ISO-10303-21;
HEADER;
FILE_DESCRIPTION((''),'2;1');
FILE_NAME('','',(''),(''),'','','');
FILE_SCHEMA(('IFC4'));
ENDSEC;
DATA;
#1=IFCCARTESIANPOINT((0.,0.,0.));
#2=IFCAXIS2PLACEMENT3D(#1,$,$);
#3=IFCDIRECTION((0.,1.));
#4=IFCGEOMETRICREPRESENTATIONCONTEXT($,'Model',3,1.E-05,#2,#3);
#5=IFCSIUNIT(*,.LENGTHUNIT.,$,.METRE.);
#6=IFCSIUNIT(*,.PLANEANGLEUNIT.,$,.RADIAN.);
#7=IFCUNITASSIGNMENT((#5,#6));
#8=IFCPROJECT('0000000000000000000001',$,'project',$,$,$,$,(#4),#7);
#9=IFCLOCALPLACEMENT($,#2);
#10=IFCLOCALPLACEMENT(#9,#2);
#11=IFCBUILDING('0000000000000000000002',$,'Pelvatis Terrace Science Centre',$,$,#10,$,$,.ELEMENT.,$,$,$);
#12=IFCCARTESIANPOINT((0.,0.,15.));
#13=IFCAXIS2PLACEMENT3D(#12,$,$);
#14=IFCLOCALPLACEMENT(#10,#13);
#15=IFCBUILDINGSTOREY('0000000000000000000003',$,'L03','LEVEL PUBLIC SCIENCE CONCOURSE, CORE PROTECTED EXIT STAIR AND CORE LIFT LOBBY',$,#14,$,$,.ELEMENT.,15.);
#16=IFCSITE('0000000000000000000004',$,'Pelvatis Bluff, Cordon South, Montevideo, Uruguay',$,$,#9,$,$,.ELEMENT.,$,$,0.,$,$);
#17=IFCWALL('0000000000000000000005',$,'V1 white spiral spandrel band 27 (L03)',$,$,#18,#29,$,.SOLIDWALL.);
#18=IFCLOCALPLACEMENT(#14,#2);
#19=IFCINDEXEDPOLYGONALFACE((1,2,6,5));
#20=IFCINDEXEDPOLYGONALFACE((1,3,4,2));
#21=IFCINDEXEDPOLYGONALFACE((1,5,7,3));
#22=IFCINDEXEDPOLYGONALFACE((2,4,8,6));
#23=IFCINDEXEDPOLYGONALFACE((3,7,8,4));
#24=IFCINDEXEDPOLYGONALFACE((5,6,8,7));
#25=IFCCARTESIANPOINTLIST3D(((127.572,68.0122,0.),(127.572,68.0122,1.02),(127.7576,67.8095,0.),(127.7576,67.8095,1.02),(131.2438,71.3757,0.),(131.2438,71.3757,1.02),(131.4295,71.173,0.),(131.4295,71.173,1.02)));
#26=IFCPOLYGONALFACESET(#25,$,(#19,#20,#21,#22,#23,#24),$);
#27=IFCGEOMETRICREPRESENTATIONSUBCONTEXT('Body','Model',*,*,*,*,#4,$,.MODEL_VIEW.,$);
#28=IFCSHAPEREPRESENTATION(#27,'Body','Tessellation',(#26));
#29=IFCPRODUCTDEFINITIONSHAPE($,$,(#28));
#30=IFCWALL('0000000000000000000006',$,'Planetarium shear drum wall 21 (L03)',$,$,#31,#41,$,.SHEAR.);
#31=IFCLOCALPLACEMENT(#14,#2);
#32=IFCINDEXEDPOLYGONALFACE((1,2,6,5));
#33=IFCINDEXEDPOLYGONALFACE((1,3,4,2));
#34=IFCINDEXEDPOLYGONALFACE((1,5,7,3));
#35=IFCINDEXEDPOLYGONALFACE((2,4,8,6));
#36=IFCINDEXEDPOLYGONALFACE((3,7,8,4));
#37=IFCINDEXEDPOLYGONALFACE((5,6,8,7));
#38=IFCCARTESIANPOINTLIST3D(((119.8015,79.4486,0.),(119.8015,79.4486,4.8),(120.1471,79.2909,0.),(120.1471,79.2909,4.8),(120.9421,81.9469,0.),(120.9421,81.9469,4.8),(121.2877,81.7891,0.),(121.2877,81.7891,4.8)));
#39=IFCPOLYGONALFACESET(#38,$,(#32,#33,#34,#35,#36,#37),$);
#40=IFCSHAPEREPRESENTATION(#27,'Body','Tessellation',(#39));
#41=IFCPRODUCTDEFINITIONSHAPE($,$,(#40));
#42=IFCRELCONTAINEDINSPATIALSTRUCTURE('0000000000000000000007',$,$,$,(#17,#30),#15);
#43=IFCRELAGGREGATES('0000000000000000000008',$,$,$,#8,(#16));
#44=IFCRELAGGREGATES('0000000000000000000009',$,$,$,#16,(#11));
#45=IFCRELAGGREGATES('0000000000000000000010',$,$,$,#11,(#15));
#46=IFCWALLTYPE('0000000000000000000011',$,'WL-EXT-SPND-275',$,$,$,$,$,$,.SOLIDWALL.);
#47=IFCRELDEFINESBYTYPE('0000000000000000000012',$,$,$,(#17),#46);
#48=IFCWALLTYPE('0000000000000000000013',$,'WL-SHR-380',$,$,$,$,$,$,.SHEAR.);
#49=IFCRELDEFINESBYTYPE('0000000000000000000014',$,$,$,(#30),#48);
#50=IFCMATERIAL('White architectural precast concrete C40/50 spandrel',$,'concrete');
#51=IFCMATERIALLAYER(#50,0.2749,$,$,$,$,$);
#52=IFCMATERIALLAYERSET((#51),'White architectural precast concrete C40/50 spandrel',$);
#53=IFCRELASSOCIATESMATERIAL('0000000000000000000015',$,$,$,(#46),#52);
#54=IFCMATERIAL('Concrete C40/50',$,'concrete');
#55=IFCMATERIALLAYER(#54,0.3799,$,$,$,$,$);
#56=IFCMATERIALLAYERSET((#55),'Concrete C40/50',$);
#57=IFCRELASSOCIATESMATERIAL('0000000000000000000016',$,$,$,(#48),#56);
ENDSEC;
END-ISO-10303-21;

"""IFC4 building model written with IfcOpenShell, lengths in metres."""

from ifc_helpers import new_model, si_unit, direction, frame, frame_2d, origin, place, context, subcontext, project, spatial, rectangle, extrude, material, layer, layer_set, type_object, element, save


model = new_model("IFC4")

# Units and contexts
model_context = context("Model", 3, precision=1e-05, world=origin(), true_north=direction((0.0, 1.0)))
body_context = subcontext(model_context, "Body", "Model", "MODEL_VIEW")
ifc_project = project(units=[si_unit("LENGTHUNIT", "METRE"), si_unit("PLANEANGLEUNIT", "RADIAN")], contexts=[model_context])

# Site, building, storey
site_placement = place(None, origin())
site = spatial("IfcSite", under=ifc_project, at=site_placement, Name="Pelvatis Bluff, Cordon South, Montevideo, Uruguay", CompositionType="ELEMENT", RefElevation=0.0)
building_placement = place(site_placement, origin())
building = spatial("IfcBuilding", under=site, at=building_placement, Name="Pelvatis Terrace Science Centre", CompositionType="ELEMENT")
storey_placement = place(building_placement, frame((0.0, 0.0, 15.0)))
storey = spatial("IfcBuildingStorey", under=building, at=storey_placement, Name="L03", Description="LEVEL PUBLIC SCIENCE CONCOURSE, CORE PROTECTED EXIT STAIR AND CORE LIFT LOBBY", CompositionType="ELEMENT", Elevation=15.0)

# Walls
ifc_material_1 = material(Name="White architectural precast concrete C40/50 spandrel", Category="concrete")
ifc_layer_1 = layer(ifc_material_1, 0.2749)
ifc_layer_set_1 = layer_set([ifc_layer_1], Name="White architectural precast concrete C40/50 spandrel")
wall_type_1 = type_object("IfcWallType", Name="WL-EXT-SPND-275", PredefinedType="SOLIDWALL", material=ifc_layer_set_1)
wall_1_placement = place(storey_placement, frame((127.6648, 67.9109, 0.0), z_axis=(0.0, 0.0, 1.0), x_axis=(0.73739, 0.675467, 0.0)))
element("IfcWall", 1, at=wall_1_placement, inside=storey, type_object=wall_type_1, Name="V1 white spiral spandrel band 27 (L03)", PredefinedType="SOLIDWALL", context=body_context, shape_type="SweptSolid", body=[
    extrude(rectangle(XDim=4.9795, YDim=0.2749, at=frame_2d((2.4897, 0.0))), origin(), (0.0, 0.0, 1.0), 1.02),
])
ifc_material_2 = material(Name="Concrete C40/50", Category="concrete")
ifc_layer_2 = layer(ifc_material_2, 0.3799)
ifc_layer_set_2 = layer_set([ifc_layer_2], Name="Concrete C40/50")
wall_type_2 = type_object("IfcWallType", Name="WL-SHR-380", PredefinedType="SHEAR", material=ifc_layer_set_2)
wall_2_placement = place(storey_placement, frame((119.9744, 79.3699, 0.0), z_axis=(0.0, 0.0, 1.0), x_axis=(0.415323, 0.909674, 0.0)))
element("IfcWall", 2, at=wall_2_placement, inside=storey, type_object=wall_type_2, Name="Planetarium shear drum wall 21 (L03)", PredefinedType="SHEAR", context=body_context, shape_type="SweptSolid", body=[
    extrude(rectangle(XDim=2.7463, YDim=0.3799, at=frame_2d((1.373, 0.0))), origin(), (0.0, 0.0, 1.0), 4.8),
])

save(model, "model.ifc")
